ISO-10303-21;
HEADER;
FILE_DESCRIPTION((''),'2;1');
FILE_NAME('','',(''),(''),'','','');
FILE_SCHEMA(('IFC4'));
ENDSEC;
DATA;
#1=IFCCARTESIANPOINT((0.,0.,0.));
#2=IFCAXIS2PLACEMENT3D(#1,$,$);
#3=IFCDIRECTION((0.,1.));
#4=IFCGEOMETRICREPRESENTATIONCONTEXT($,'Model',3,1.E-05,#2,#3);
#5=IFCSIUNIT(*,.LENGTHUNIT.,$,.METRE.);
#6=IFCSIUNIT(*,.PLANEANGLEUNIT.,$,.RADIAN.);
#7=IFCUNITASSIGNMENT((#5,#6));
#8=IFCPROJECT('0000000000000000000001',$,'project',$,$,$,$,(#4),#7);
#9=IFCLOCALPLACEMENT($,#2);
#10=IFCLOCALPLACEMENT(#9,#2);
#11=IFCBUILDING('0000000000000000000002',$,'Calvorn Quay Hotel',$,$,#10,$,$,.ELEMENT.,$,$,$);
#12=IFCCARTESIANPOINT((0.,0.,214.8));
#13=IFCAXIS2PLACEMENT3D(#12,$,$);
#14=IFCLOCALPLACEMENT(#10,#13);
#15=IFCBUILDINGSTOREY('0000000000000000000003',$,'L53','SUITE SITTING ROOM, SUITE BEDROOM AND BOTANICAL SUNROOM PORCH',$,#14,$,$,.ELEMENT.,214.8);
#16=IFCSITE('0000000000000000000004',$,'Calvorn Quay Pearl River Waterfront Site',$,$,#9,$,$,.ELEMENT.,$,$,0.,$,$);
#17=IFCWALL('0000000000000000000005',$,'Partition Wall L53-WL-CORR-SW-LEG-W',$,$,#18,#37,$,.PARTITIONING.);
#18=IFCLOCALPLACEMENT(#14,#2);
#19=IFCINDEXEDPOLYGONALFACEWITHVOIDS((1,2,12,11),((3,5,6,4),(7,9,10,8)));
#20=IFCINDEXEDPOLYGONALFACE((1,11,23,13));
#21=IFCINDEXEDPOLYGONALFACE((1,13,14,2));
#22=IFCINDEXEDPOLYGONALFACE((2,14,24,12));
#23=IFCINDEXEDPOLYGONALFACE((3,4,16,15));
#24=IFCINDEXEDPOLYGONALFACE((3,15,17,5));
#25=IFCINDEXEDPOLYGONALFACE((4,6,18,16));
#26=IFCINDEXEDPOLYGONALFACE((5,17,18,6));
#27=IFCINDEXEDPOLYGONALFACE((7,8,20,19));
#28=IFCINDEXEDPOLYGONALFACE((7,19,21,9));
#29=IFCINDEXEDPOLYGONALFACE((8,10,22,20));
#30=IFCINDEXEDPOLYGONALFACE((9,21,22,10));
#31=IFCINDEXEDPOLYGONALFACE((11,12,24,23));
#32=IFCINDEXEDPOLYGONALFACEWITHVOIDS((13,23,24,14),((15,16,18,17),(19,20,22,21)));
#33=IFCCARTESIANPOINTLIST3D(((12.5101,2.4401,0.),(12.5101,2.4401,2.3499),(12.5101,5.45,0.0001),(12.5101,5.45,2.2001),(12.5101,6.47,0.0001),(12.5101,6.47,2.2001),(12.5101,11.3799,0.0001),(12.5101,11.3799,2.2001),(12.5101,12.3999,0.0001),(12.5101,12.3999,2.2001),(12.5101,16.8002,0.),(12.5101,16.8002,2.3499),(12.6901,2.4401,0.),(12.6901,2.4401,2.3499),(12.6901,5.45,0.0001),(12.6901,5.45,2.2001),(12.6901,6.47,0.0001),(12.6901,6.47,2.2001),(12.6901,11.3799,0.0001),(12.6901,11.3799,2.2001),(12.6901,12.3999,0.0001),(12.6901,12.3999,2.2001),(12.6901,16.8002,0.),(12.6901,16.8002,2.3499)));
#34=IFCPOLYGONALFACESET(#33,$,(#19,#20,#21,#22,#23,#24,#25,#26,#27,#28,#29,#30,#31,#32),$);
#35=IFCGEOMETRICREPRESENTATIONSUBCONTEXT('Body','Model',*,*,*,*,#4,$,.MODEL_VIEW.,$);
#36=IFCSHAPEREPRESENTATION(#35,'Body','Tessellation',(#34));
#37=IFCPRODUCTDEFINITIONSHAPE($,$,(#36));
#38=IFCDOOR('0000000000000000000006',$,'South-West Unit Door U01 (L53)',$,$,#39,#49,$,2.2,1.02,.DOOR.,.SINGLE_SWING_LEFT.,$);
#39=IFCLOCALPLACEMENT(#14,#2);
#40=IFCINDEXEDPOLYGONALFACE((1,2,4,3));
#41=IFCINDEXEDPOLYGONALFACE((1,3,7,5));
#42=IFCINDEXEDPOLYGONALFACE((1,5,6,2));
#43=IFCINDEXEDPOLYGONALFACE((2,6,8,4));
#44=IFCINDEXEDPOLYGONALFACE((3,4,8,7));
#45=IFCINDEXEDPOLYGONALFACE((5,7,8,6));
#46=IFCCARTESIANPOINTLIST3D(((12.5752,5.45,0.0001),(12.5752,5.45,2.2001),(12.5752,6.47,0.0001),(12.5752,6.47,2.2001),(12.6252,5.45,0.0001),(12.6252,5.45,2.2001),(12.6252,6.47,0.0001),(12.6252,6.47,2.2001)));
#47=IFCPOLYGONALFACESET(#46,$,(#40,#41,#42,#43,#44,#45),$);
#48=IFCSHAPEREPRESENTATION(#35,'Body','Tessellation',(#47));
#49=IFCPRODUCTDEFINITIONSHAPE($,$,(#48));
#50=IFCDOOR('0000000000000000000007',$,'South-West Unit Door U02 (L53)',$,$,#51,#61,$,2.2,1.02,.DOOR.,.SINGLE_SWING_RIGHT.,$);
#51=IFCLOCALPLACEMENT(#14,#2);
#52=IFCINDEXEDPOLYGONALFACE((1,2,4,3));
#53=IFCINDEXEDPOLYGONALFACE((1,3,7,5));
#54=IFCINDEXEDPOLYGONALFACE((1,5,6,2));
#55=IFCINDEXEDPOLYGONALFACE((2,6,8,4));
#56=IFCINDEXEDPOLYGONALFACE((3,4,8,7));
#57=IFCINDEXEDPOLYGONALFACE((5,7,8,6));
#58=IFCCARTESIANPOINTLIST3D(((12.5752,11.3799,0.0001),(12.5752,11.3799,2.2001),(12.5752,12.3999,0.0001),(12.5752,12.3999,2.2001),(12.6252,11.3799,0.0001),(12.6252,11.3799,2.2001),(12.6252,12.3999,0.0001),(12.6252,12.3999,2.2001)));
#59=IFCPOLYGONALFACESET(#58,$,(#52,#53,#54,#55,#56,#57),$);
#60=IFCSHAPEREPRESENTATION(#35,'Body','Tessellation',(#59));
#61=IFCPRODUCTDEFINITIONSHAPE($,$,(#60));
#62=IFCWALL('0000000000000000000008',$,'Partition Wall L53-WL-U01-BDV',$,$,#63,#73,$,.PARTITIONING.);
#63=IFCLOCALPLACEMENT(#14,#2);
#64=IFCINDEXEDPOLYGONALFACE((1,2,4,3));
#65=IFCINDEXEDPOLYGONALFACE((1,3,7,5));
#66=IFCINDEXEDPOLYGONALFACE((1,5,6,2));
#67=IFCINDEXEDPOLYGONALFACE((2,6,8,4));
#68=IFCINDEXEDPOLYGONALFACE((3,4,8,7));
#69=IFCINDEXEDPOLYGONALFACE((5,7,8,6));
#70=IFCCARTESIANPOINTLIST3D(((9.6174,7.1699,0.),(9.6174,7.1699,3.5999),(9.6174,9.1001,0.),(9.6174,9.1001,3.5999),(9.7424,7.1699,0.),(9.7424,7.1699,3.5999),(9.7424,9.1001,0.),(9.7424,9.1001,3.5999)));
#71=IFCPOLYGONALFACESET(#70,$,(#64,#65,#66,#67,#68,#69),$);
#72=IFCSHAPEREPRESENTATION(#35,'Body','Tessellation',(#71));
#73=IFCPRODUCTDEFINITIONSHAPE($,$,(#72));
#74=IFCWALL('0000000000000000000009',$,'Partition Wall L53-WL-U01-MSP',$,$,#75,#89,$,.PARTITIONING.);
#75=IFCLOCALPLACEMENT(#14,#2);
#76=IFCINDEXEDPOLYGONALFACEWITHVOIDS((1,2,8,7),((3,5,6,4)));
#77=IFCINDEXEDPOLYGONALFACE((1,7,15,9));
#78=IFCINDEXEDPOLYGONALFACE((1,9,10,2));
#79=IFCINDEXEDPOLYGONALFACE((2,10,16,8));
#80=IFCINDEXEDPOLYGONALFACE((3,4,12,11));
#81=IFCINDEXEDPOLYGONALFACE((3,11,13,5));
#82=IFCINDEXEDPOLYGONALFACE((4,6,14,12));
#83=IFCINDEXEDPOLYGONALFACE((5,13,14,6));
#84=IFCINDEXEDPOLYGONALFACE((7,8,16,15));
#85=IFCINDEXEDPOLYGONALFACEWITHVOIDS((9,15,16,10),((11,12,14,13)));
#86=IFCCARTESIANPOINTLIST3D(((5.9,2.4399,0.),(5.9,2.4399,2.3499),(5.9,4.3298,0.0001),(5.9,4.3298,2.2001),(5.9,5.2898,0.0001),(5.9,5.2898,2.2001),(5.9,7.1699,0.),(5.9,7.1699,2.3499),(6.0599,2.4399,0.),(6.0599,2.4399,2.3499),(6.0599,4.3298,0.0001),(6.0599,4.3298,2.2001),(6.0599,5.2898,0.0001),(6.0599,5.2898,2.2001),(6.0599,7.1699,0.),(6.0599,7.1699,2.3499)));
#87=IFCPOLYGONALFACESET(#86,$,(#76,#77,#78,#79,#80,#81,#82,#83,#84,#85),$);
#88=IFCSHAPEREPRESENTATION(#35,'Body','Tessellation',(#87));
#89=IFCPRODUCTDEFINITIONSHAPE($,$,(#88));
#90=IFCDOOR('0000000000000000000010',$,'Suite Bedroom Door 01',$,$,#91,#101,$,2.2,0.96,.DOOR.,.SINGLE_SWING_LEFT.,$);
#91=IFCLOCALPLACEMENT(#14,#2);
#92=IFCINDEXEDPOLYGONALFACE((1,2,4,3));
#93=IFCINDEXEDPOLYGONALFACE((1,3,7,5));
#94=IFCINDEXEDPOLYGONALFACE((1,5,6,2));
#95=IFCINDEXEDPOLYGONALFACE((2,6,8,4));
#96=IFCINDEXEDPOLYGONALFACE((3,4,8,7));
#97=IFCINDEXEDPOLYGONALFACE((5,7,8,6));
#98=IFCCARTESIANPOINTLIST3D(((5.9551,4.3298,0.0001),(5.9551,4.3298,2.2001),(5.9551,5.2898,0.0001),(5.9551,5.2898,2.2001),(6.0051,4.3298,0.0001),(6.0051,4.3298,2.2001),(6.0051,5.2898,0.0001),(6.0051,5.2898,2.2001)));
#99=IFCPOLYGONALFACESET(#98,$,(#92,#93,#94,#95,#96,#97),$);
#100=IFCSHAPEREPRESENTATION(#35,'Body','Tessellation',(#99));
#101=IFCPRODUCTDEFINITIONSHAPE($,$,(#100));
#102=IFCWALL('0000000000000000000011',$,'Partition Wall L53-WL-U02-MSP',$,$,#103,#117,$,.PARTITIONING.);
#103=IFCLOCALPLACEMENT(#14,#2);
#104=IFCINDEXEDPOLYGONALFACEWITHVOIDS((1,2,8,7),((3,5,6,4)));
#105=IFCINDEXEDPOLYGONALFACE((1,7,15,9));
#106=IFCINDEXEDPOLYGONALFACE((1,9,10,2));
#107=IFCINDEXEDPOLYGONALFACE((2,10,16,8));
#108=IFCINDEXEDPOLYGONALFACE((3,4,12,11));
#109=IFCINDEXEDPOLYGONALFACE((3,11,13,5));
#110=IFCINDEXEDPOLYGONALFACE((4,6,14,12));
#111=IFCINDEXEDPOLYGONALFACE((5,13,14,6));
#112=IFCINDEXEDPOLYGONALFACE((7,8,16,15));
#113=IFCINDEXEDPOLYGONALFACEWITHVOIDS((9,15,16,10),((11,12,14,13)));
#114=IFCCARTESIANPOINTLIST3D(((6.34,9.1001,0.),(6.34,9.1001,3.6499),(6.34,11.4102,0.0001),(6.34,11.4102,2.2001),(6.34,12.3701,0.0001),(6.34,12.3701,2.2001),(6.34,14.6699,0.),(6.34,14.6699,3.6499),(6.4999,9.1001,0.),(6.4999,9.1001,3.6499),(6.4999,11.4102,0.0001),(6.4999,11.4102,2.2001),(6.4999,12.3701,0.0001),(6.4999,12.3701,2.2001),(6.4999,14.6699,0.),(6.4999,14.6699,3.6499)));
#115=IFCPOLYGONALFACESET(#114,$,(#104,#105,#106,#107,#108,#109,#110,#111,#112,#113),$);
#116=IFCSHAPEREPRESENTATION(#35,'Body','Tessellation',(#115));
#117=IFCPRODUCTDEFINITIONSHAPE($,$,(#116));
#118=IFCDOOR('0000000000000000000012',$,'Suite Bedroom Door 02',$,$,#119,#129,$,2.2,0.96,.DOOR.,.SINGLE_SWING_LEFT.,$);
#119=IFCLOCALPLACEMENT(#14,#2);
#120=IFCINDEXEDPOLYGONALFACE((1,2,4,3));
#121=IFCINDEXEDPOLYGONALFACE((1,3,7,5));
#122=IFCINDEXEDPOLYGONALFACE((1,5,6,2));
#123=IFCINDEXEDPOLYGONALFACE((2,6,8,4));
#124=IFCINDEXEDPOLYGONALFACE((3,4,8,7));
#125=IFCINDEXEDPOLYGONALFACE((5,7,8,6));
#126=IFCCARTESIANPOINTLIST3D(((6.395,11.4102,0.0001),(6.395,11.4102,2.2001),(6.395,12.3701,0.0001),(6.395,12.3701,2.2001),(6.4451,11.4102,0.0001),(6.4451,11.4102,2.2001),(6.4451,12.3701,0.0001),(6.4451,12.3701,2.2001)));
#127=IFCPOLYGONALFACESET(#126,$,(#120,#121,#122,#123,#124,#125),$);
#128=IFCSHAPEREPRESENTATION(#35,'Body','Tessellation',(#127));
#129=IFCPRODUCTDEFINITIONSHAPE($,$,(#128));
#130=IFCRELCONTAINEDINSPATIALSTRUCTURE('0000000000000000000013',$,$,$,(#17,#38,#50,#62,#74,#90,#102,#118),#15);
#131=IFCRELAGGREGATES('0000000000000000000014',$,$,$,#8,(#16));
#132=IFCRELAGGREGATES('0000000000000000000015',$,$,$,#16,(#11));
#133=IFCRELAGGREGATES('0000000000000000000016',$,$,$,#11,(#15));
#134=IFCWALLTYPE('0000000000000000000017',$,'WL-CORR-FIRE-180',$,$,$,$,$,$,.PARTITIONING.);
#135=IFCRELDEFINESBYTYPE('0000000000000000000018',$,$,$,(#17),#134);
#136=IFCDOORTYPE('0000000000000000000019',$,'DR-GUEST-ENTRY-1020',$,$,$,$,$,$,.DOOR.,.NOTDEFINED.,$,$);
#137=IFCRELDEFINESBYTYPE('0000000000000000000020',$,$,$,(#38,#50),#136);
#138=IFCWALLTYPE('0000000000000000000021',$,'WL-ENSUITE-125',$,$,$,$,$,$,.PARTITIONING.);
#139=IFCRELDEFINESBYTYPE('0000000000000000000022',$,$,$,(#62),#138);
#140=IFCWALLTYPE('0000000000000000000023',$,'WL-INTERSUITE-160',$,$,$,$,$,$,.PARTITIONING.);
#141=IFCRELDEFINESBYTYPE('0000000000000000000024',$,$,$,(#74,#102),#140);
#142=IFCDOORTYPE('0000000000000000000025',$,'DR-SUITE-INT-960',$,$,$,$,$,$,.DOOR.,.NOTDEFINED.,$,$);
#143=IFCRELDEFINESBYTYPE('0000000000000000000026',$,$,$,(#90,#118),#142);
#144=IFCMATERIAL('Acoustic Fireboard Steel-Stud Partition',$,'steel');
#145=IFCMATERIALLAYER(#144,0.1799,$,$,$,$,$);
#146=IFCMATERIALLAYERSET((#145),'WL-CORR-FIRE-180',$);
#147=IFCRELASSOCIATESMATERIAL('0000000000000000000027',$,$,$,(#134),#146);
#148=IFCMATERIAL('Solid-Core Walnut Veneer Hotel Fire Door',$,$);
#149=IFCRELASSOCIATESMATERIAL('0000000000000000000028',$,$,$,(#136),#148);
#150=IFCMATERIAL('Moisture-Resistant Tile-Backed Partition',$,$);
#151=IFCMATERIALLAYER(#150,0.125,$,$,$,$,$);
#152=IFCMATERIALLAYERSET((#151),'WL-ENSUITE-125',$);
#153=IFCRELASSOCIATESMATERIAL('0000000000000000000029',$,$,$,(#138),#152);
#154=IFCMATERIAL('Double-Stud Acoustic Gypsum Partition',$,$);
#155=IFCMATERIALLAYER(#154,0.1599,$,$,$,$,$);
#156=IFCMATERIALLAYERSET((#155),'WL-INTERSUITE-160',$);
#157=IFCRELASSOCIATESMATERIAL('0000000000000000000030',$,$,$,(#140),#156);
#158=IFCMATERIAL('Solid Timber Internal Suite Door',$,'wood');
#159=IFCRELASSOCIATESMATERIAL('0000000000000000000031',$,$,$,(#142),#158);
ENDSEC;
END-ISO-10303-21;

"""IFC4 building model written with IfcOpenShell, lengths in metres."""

from ifc_helpers import new_model, si_unit, direction, frame, frame_2d, origin, place, context, subcontext, project, spatial, rectangle, extrude, material, layer, layer_set, type_object, element, fill, save


model = new_model("IFC4")

# Units and contexts
model_context = context("Model", 3, precision=1e-05, world=origin(), true_north=direction((0.0, 1.0)))
body_context = subcontext(model_context, "Body", "Model", "MODEL_VIEW")
ifc_project = project(units=[si_unit("LENGTHUNIT", "METRE"), si_unit("PLANEANGLEUNIT", "RADIAN")], contexts=[model_context])

# Site, building, storey
site_placement = place(None, origin())
site = spatial("IfcSite", under=ifc_project, at=site_placement, Name="Calvorn Quay Pearl River Waterfront Site", CompositionType="ELEMENT", RefElevation=0.0)
building_placement = place(site_placement, origin())
building = spatial("IfcBuilding", under=site, at=building_placement, Name="Calvorn Quay Hotel", CompositionType="ELEMENT")
storey_placement = place(building_placement, frame((0.0, 0.0, 214.8)))
storey = spatial("IfcBuildingStorey", under=building, at=storey_placement, Name="L53", Description="SUITE SITTING ROOM, SUITE BEDROOM AND BOTANICAL SUNROOM PORCH", CompositionType="ELEMENT", Elevation=214.8)

# Wall, openings, doors
ifc_material_1 = material(Name="Acoustic Fireboard Steel-Stud Partition", Category="steel")
ifc_layer_1 = layer(ifc_material_1, 0.1799)
ifc_layer_set_1 = layer_set([ifc_layer_1], Name="WL-CORR-FIRE-180")
wall_type_1 = type_object("IfcWallType", Name="WL-CORR-FIRE-180", PredefinedType="PARTITIONING", material=ifc_layer_set_1)
wall_1_placement = place(storey_placement, frame((12.6001, 2.4399, 0.0), z_axis=(0.0, 0.0, 1.0), x_axis=(0.0, 1.0, 0.0)))
wall_1 = element("IfcWall", 1, at=wall_1_placement, inside=storey, type_object=wall_type_1, Name="Partition Wall L53-WL-CORR-SW-LEG-W", PredefinedType="PARTITIONING", context=body_context, shape_type="SweptSolid", body=[
    extrude(rectangle(XDim=14.3601, YDim=0.1799, at=frame_2d((7.1802, 0.0))), origin(), (0.0, 0.0, 1.0), 2.3499),
])
opening_1_placement = place(wall_1_placement, frame((3.01, 0.0, 0.0)))
opening_1 = element("IfcOpeningElement", 2, at=opening_1_placement, cuts=wall_1, PredefinedType="OPENING", context=body_context, shape_type="SweptSolid", body=[
    extrude(rectangle(XDim=1.02, YDim=2.2, at=frame_2d((0.51, 1.1001))), frame((0.0, 0.0999, 0.0), z_axis=(0.0, -1.0, 0.0), x_axis=(1.0, 0.0, 0.0)), (0.0, 0.0, 1.0), 0.2),
])
opening_2_placement = place(wall_1_placement, frame((8.9399, 0.0, 0.0)))
opening_2 = element("IfcOpeningElement", 3, at=opening_2_placement, cuts=wall_1, PredefinedType="OPENING", context=body_context, shape_type="SweptSolid", body=[
    extrude(rectangle(XDim=1.02, YDim=2.2, at=frame_2d((0.51, 1.1001))), frame((0.0, 0.0999, 0.0), z_axis=(0.0, -1.0, 0.0), x_axis=(1.0, 0.0, 0.0)), (0.0, 0.0, 1.0), 0.2),
])
ifc_material_2 = material(Name="Solid-Core Walnut Veneer Hotel Fire Door")
door_type_1 = type_object("IfcDoorType", Name="DR-GUEST-ENTRY-1020", OperationType="NOTDEFINED", PredefinedType="DOOR", material=ifc_material_2)
door_1_placement = place(opening_1_placement, origin())
door_1 = element("IfcDoor", 4, at=door_1_placement, inside=storey, type_object=door_type_1, Name="South-West Unit Door U01 (L53)", OperationType="SINGLE_SWING_LEFT", OverallHeight=2.2, OverallWidth=1.02, PredefinedType="DOOR", context=body_context, shape_type="SweptSolid", body=[
    extrude(rectangle(XDim=1.02, YDim=2.2, at=frame_2d((0.51, 1.1001))), frame((0.0, 0.0249, 0.0), z_axis=(0.0, -1.0, 0.0), x_axis=(1.0, 0.0, 0.0)), (0.0, 0.0, 1.0), 0.05),
])
fill(opening_1, door_1)
door_2_placement = place(opening_2_placement, origin())
door_2 = element("IfcDoor", 5, at=door_2_placement, inside=storey, type_object=door_type_1, Name="South-West Unit Door U02 (L53)", OperationType="SINGLE_SWING_RIGHT", OverallHeight=2.2, OverallWidth=1.02, PredefinedType="DOOR", context=body_context, shape_type="SweptSolid", body=[
    extrude(rectangle(XDim=1.02, YDim=2.2, at=frame_2d((0.51, 1.1001))), frame((0.0, 0.0249, 0.0), z_axis=(0.0, -1.0, 0.0), x_axis=(1.0, 0.0, 0.0)), (0.0, 0.0, 1.0), 0.05),
])
fill(opening_2, door_2)

# Wall
ifc_material_3 = material(Name="Moisture-Resistant Tile-Backed Partition")
ifc_layer_2 = layer(ifc_material_3, 0.125)
ifc_layer_set_2 = layer_set([ifc_layer_2], Name="WL-ENSUITE-125")
wall_type_2 = type_object("IfcWallType", Name="WL-ENSUITE-125", PredefinedType="PARTITIONING", material=ifc_layer_set_2)
wall_2_placement = place(storey_placement, frame((9.6799, 7.1699, 0.0), z_axis=(0.0, 0.0, 1.0), x_axis=(0.0, 1.0, 0.0)))
element("IfcWall", 6, at=wall_2_placement, inside=storey, type_object=wall_type_2, Name="Partition Wall L53-WL-U01-BDV", PredefinedType="PARTITIONING", context=body_context, shape_type="SweptSolid", body=[
    extrude(rectangle(XDim=1.9302, YDim=0.125, at=frame_2d((0.9651, 0.0))), origin(), (0.0, 0.0, 1.0), 3.5999),
])

# Walls, openings, doors
ifc_material_4 = material(Name="Double-Stud Acoustic Gypsum Partition")
ifc_layer_3 = layer(ifc_material_4, 0.1599)
ifc_layer_set_3 = layer_set([ifc_layer_3], Name="WL-INTERSUITE-160")
wall_type_3 = type_object("IfcWallType", Name="WL-INTERSUITE-160", PredefinedType="PARTITIONING", material=ifc_layer_set_3)
wall_3_placement = place(storey_placement, frame((5.98, 2.4399, 0.0), z_axis=(0.0, 0.0, 1.0), x_axis=(0.0, 1.0, 0.0)))
wall_3 = element("IfcWall", 7, at=wall_3_placement, inside=storey, type_object=wall_type_3, Name="Partition Wall L53-WL-U01-MSP", PredefinedType="PARTITIONING", context=body_context, shape_type="SweptSolid", body=[
    extrude(rectangle(XDim=4.73, YDim=0.1599, at=frame_2d((2.365, 0.0))), origin(), (0.0, 0.0, 1.0), 2.3499),
])
opening_3_placement = place(wall_3_placement, frame((1.8899, 0.0, 0.0)))
opening_3 = element("IfcOpeningElement", 8, at=opening_3_placement, cuts=wall_3, PredefinedType="OPENING", context=body_context, shape_type="SweptSolid", body=[
    extrude(rectangle(XDim=0.96, YDim=2.2, at=frame_2d((0.48, 1.1001))), frame((0.0, 0.0898, 0.0), z_axis=(0.0, -1.0, 0.0), x_axis=(1.0, 0.0, 0.0)), (0.0, 0.0, 1.0), 0.1799),
])
ifc_material_5 = material(Name="Solid Timber Internal Suite Door", Category="wood")
door_type_2 = type_object("IfcDoorType", Name="DR-SUITE-INT-960", OperationType="NOTDEFINED", PredefinedType="DOOR", material=ifc_material_5)
door_3_placement = place(opening_3_placement, origin())
door_3 = element("IfcDoor", 9, at=door_3_placement, inside=storey, type_object=door_type_2, Name="Suite Bedroom Door 01", OperationType="SINGLE_SWING_LEFT", OverallHeight=2.2, OverallWidth=0.96, PredefinedType="DOOR", context=body_context, shape_type="SweptSolid", body=[
    extrude(rectangle(XDim=0.96, YDim=2.2, at=frame_2d((0.48, 1.1001))), frame((0.0, 0.0249, 0.0), z_axis=(0.0, -1.0, 0.0), x_axis=(1.0, 0.0, 0.0)), (0.0, 0.0, 1.0), 0.05),
])
fill(opening_3, door_3)
wall_4_placement = place(storey_placement, frame((6.4199, 9.1001, 0.0), z_axis=(0.0, 0.0, 1.0), x_axis=(0.0, 1.0, 0.0)))
wall_4 = element("IfcWall", 10, at=wall_4_placement, inside=storey, type_object=wall_type_3, Name="Partition Wall L53-WL-U02-MSP", PredefinedType="PARTITIONING", context=body_context, shape_type="SweptSolid", body=[
    extrude(rectangle(XDim=5.5698, YDim=0.1599, at=frame_2d((2.7849, 0.0))), origin(), (0.0, 0.0, 1.0), 3.6499),
])
opening_4_placement = place(wall_4_placement, frame((2.3101, 0.0, 0.0)))
opening_4 = element("IfcOpeningElement", 11, at=opening_4_placement, cuts=wall_4, PredefinedType="OPENING", context=body_context, shape_type="SweptSolid", body=[
    extrude(rectangle(XDim=0.96, YDim=2.2, at=frame_2d((0.48, 1.1001))), frame((0.0, 0.0898, 0.0), z_axis=(0.0, -1.0, 0.0), x_axis=(1.0, 0.0, 0.0)), (0.0, 0.0, 1.0), 0.1799),
])
door_4_placement = place(opening_4_placement, origin())
door_4 = element("IfcDoor", 12, at=door_4_placement, inside=storey, type_object=door_type_2, Name="Suite Bedroom Door 02", OperationType="SINGLE_SWING_LEFT", OverallHeight=2.2, OverallWidth=0.96, PredefinedType="DOOR", context=body_context, shape_type="SweptSolid", body=[
    extrude(rectangle(XDim=0.96, YDim=2.2, at=frame_2d((0.48, 1.1001))), frame((0.0, 0.0249, 0.0), z_axis=(0.0, -1.0, 0.0), x_axis=(1.0, 0.0, 0.0)), (0.0, 0.0, 1.0), 0.05),
])
fill(opening_4, door_4)

save(model, "model.ifc")
